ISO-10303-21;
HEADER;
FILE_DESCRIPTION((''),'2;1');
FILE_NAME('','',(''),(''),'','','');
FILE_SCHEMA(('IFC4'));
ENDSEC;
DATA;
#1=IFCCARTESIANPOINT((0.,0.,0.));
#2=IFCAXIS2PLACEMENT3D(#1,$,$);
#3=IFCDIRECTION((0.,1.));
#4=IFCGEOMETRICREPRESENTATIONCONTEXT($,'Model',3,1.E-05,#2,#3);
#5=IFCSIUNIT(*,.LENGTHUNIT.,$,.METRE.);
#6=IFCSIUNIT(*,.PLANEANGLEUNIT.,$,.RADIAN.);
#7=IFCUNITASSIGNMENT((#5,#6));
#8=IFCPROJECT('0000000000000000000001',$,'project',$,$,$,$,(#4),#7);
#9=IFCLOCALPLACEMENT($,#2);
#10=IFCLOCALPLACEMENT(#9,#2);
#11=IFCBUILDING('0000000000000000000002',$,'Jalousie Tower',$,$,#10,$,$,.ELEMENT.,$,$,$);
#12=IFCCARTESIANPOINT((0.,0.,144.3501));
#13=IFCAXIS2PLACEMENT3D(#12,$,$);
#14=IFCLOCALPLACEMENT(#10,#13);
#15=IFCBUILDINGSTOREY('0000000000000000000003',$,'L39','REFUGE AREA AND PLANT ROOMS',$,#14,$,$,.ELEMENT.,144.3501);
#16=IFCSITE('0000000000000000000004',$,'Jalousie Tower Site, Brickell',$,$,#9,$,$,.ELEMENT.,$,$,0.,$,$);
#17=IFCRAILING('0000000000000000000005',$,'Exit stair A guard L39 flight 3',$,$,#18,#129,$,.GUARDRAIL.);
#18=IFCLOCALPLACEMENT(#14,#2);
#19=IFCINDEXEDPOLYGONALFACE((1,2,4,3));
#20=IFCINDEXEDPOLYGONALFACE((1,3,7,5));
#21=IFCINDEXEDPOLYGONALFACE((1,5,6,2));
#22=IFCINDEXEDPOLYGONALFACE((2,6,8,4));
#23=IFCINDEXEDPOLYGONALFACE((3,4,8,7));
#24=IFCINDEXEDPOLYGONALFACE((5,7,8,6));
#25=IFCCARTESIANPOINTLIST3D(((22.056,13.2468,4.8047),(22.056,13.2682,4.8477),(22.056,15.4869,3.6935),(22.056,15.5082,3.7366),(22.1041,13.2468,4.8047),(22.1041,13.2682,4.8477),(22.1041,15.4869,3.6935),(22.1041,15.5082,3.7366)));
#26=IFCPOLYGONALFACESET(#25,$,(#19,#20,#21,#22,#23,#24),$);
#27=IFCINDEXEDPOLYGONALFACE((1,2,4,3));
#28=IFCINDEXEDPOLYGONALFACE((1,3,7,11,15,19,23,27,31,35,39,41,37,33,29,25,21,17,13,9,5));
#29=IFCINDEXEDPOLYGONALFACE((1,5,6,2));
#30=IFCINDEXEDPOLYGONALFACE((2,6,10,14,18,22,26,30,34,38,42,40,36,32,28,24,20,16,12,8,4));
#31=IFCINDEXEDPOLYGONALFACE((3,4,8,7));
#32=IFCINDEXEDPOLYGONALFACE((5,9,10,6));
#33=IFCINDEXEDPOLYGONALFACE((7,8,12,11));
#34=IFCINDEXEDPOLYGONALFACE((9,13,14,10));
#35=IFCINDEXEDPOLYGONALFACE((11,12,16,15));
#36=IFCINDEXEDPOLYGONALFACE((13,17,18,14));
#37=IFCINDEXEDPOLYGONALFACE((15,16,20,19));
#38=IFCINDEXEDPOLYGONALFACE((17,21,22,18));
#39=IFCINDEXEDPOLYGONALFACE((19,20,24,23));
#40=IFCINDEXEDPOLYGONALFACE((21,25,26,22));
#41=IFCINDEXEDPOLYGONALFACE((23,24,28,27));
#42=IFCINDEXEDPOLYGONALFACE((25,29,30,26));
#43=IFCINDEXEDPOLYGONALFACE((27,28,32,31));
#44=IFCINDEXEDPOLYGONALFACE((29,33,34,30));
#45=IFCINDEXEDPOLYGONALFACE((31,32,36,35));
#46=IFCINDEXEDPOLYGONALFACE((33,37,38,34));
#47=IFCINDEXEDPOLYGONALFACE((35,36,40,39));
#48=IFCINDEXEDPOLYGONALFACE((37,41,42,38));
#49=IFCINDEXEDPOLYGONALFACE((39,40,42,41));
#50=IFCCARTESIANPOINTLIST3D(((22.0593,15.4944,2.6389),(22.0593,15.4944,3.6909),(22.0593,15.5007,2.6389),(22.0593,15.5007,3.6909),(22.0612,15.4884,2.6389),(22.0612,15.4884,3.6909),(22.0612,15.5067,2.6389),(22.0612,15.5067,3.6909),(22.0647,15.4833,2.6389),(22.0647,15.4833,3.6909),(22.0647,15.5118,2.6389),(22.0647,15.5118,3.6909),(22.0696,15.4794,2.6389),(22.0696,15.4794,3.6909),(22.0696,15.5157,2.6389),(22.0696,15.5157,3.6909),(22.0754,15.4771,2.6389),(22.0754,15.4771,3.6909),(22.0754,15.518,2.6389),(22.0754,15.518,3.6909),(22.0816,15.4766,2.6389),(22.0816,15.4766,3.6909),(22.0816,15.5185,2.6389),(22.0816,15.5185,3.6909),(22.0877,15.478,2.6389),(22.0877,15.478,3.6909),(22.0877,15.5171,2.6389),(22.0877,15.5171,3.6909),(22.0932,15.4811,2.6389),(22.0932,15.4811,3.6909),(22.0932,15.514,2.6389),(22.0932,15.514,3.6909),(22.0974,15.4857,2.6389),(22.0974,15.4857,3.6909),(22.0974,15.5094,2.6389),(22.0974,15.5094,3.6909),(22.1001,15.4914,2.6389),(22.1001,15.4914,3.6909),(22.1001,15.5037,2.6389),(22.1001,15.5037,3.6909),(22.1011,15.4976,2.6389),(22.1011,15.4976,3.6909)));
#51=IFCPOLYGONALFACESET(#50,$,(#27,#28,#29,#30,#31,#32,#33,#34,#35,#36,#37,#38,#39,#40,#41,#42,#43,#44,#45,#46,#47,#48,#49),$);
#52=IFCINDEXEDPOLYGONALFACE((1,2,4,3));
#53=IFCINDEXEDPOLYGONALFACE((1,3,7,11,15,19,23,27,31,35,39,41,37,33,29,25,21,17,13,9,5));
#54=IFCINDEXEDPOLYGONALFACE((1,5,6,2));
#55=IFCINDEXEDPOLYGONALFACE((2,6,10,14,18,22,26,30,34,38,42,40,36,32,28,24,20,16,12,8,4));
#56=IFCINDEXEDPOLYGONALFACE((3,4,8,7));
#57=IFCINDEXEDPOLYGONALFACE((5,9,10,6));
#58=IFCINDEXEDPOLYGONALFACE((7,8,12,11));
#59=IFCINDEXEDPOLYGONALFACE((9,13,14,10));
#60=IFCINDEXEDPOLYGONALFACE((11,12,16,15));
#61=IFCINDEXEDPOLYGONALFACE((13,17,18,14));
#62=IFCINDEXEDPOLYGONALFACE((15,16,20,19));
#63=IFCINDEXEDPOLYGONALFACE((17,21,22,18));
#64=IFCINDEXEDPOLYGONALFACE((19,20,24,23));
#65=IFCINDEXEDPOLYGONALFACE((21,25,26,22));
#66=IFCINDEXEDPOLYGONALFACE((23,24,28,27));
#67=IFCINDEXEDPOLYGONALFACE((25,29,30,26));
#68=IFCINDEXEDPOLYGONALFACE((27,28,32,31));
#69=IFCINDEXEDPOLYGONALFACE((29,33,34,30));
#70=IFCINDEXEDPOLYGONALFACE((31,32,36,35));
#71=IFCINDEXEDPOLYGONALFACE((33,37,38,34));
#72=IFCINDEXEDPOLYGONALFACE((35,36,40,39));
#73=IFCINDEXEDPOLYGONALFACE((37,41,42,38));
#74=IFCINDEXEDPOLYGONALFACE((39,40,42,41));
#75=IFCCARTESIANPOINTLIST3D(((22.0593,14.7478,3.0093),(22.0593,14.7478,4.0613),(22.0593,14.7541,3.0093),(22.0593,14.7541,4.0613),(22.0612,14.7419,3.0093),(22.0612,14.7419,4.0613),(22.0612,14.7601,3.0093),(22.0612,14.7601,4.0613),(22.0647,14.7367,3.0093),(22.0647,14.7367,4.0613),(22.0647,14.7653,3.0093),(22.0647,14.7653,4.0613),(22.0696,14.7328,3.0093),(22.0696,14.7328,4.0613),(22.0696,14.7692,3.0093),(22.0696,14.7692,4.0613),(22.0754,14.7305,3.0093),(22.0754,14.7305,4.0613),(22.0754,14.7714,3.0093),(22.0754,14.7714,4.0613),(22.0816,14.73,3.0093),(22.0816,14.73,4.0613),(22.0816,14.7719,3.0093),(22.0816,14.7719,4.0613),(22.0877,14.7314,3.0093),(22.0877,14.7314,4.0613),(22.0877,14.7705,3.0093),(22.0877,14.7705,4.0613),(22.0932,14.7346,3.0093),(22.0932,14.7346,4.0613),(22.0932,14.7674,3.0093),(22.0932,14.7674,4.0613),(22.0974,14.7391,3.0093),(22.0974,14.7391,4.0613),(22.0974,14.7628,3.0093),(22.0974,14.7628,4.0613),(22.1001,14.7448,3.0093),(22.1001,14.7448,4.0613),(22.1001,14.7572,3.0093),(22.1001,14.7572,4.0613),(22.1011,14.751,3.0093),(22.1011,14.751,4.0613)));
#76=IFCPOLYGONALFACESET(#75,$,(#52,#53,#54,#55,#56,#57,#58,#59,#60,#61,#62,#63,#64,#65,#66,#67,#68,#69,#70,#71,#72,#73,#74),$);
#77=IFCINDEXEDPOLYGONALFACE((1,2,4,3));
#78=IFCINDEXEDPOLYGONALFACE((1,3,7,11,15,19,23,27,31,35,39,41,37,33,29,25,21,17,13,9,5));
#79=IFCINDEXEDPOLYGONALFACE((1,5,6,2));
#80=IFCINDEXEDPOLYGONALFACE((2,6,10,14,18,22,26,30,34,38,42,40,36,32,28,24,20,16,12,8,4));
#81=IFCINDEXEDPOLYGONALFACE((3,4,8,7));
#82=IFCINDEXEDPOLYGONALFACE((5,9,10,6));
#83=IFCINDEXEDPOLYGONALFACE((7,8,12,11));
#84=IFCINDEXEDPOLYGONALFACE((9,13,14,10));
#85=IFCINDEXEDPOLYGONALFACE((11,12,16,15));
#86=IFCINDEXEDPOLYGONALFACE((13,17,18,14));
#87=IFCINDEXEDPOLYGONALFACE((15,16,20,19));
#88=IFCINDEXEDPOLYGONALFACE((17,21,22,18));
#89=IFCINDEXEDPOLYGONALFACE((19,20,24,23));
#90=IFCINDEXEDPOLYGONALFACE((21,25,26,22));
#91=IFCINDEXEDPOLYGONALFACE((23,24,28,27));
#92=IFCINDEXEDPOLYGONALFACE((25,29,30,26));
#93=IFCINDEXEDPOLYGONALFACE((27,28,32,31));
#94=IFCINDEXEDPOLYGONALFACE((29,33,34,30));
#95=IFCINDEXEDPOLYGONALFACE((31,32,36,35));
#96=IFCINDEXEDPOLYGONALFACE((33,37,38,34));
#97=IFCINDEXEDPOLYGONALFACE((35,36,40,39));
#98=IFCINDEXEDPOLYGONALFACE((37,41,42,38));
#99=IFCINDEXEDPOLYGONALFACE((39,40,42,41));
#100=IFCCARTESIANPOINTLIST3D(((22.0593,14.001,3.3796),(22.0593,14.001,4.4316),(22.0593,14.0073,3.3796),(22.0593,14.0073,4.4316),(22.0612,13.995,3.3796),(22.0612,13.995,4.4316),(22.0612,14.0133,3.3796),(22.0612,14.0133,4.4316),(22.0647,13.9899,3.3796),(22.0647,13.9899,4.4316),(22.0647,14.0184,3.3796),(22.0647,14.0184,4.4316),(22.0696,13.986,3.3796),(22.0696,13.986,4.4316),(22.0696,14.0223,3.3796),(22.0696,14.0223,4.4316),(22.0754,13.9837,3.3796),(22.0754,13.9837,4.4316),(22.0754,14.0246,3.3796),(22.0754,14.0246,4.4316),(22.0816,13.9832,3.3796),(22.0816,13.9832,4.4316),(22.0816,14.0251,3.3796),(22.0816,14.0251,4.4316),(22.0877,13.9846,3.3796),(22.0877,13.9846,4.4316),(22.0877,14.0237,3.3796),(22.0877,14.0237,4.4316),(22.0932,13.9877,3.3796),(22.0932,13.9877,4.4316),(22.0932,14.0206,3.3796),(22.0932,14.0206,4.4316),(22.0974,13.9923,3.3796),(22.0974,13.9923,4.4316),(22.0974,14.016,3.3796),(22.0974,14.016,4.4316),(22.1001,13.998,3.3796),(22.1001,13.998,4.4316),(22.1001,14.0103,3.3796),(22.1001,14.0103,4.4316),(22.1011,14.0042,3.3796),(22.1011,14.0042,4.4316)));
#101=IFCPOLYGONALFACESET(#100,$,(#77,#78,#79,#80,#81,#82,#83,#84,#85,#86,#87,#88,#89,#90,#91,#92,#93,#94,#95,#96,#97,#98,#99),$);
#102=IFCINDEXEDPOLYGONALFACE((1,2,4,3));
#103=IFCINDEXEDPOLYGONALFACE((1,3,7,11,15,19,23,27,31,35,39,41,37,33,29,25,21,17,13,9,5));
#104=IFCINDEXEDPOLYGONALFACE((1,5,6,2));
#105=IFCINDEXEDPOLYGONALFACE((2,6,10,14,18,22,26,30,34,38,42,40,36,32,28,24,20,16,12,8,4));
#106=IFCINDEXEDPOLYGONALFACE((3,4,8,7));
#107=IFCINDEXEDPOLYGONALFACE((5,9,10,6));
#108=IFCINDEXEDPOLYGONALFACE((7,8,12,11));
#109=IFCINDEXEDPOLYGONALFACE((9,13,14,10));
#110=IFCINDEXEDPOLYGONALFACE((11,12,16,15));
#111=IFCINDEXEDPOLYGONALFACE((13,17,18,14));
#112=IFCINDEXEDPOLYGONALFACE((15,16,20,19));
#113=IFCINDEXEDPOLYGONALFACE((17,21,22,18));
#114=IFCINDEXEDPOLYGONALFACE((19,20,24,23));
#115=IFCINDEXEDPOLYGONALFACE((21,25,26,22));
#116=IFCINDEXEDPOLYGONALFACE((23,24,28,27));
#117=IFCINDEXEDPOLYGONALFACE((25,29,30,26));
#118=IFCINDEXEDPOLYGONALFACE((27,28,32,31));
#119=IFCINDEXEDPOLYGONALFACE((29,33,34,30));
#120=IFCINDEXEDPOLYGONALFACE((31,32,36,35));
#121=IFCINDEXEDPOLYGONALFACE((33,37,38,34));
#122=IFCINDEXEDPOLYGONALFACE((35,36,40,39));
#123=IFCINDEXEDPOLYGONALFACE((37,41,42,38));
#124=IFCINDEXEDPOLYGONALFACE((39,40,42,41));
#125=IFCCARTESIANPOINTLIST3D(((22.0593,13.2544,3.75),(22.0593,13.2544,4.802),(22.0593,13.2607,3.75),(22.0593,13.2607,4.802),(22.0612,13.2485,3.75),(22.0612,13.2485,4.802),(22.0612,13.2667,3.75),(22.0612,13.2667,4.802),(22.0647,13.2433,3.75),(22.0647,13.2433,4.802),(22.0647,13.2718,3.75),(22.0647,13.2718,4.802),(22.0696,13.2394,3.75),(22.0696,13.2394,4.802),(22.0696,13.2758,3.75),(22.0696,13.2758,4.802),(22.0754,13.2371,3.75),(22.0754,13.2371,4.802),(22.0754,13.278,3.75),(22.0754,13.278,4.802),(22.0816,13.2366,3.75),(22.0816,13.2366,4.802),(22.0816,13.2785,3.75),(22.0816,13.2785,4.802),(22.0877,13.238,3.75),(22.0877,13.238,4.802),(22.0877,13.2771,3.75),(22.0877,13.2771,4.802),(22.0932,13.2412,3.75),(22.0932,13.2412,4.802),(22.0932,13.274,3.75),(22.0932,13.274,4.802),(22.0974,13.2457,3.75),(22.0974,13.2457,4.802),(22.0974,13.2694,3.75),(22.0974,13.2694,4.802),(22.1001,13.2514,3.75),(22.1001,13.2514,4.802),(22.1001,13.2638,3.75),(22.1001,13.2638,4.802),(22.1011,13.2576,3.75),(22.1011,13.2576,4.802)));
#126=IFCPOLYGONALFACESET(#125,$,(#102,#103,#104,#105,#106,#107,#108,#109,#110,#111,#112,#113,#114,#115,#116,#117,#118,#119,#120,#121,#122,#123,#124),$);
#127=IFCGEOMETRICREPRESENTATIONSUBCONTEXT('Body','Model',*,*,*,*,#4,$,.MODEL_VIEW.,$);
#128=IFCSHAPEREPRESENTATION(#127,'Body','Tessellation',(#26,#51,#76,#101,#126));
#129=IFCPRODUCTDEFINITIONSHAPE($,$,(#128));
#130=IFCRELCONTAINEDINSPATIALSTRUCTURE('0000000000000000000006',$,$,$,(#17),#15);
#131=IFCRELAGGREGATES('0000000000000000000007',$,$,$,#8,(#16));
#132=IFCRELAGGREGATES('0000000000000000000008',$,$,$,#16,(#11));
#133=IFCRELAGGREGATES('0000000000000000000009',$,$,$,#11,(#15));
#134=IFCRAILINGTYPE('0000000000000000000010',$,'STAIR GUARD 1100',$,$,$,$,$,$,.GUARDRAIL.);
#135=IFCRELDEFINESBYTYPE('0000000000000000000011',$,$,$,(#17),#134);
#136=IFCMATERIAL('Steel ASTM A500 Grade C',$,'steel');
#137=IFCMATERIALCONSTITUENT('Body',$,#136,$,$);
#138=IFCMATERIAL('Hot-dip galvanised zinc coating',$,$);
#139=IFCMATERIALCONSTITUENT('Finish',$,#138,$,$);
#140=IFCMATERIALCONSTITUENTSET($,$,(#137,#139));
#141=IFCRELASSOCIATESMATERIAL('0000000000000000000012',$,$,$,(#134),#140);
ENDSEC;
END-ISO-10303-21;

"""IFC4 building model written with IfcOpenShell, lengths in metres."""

from ifc_helpers import new_model, si_unit, direction, frame, origin, origin_2d, place, context, subcontext, project, spatial, rectangle, circle, extrude, material, constituent, constituent_set, type_object, element, save


model = new_model("IFC4")

# Units and contexts
model_context = context("Model", 3, precision=1e-05, world=origin(), true_north=direction((0.0, 1.0)))
body_context = subcontext(model_context, "Body", "Model", "MODEL_VIEW")
ifc_project = project(units=[si_unit("LENGTHUNIT", "METRE"), si_unit("PLANEANGLEUNIT", "RADIAN")], contexts=[model_context])

# Site, building, storey
site_placement = place(None, origin())
site = spatial("IfcSite", under=ifc_project, at=site_placement, Name="Jalousie Tower Site, Brickell", CompositionType="ELEMENT", RefElevation=0.0)
building_placement = place(site_placement, origin())
building = spatial("IfcBuilding", under=site, at=building_placement, Name="Jalousie Tower", CompositionType="ELEMENT")
storey_placement = place(building_placement, frame((0.0, 0.0, 144.3501)))
storey = spatial("IfcBuildingStorey", under=building, at=storey_placement, Name="L39", Description="REFUGE AREA AND PLANT ROOMS", CompositionType="ELEMENT", Elevation=144.3501)

# Railing
ifc_material_1 = material(Name="Steel ASTM A500 Grade C", Category="steel")
ifc_constituent_1 = constituent(ifc_material_1, Name="Body")
ifc_material_2 = material(Name="Hot-dip galvanised zinc coating")
ifc_constituent_2 = constituent(ifc_material_2, Name="Finish")
ifc_constituent_set_1 = constituent_set(constituents=[ifc_constituent_1, ifc_constituent_2])
railing_type_1 = type_object("IfcRailingType", Name="STAIR GUARD 1100", PredefinedType="GUARDRAIL", material=ifc_constituent_set_1)
railing_1_placement = place(storey_placement, frame((22.0801, 15.4976, 2.6389)))
element("IfcRailing", 1, at=railing_1_placement, inside=storey, type_object=railing_type_1, Name="Exit stair A guard L39 flight 3", PredefinedType="GUARDRAIL", context=body_context, shape_type="SweptSolid", body=[
    extrude(rectangle(XDim=0.0481, YDim=0.0481, at=origin_2d()), frame((0.0, 0.0, 1.0762), z_axis=(0.0, -0.895848, 0.44436), x_axis=(1.0, 0.0, 0.0)), (0.0, 0.0, 1.0), 2.5005),
    extrude(circle(Radius=0.021, at=origin_2d()), origin(), (0.0, 0.0, 1.0), 1.052),
    extrude(circle(Radius=0.021, at=origin_2d()), frame((0.0, -0.7466, 0.3704)), (0.0, 0.0, 1.0), 1.052),
    extrude(circle(Radius=0.021, at=origin_2d()), frame((0.0, -1.4934, 0.7407)), (0.0, 0.0, 1.0), 1.052),
    extrude(circle(Radius=0.021, at=origin_2d()), frame((0.0, -2.24, 1.1111)), (0.0, 0.0, 1.0), 1.052),
])

save(model, "model.ifc")
